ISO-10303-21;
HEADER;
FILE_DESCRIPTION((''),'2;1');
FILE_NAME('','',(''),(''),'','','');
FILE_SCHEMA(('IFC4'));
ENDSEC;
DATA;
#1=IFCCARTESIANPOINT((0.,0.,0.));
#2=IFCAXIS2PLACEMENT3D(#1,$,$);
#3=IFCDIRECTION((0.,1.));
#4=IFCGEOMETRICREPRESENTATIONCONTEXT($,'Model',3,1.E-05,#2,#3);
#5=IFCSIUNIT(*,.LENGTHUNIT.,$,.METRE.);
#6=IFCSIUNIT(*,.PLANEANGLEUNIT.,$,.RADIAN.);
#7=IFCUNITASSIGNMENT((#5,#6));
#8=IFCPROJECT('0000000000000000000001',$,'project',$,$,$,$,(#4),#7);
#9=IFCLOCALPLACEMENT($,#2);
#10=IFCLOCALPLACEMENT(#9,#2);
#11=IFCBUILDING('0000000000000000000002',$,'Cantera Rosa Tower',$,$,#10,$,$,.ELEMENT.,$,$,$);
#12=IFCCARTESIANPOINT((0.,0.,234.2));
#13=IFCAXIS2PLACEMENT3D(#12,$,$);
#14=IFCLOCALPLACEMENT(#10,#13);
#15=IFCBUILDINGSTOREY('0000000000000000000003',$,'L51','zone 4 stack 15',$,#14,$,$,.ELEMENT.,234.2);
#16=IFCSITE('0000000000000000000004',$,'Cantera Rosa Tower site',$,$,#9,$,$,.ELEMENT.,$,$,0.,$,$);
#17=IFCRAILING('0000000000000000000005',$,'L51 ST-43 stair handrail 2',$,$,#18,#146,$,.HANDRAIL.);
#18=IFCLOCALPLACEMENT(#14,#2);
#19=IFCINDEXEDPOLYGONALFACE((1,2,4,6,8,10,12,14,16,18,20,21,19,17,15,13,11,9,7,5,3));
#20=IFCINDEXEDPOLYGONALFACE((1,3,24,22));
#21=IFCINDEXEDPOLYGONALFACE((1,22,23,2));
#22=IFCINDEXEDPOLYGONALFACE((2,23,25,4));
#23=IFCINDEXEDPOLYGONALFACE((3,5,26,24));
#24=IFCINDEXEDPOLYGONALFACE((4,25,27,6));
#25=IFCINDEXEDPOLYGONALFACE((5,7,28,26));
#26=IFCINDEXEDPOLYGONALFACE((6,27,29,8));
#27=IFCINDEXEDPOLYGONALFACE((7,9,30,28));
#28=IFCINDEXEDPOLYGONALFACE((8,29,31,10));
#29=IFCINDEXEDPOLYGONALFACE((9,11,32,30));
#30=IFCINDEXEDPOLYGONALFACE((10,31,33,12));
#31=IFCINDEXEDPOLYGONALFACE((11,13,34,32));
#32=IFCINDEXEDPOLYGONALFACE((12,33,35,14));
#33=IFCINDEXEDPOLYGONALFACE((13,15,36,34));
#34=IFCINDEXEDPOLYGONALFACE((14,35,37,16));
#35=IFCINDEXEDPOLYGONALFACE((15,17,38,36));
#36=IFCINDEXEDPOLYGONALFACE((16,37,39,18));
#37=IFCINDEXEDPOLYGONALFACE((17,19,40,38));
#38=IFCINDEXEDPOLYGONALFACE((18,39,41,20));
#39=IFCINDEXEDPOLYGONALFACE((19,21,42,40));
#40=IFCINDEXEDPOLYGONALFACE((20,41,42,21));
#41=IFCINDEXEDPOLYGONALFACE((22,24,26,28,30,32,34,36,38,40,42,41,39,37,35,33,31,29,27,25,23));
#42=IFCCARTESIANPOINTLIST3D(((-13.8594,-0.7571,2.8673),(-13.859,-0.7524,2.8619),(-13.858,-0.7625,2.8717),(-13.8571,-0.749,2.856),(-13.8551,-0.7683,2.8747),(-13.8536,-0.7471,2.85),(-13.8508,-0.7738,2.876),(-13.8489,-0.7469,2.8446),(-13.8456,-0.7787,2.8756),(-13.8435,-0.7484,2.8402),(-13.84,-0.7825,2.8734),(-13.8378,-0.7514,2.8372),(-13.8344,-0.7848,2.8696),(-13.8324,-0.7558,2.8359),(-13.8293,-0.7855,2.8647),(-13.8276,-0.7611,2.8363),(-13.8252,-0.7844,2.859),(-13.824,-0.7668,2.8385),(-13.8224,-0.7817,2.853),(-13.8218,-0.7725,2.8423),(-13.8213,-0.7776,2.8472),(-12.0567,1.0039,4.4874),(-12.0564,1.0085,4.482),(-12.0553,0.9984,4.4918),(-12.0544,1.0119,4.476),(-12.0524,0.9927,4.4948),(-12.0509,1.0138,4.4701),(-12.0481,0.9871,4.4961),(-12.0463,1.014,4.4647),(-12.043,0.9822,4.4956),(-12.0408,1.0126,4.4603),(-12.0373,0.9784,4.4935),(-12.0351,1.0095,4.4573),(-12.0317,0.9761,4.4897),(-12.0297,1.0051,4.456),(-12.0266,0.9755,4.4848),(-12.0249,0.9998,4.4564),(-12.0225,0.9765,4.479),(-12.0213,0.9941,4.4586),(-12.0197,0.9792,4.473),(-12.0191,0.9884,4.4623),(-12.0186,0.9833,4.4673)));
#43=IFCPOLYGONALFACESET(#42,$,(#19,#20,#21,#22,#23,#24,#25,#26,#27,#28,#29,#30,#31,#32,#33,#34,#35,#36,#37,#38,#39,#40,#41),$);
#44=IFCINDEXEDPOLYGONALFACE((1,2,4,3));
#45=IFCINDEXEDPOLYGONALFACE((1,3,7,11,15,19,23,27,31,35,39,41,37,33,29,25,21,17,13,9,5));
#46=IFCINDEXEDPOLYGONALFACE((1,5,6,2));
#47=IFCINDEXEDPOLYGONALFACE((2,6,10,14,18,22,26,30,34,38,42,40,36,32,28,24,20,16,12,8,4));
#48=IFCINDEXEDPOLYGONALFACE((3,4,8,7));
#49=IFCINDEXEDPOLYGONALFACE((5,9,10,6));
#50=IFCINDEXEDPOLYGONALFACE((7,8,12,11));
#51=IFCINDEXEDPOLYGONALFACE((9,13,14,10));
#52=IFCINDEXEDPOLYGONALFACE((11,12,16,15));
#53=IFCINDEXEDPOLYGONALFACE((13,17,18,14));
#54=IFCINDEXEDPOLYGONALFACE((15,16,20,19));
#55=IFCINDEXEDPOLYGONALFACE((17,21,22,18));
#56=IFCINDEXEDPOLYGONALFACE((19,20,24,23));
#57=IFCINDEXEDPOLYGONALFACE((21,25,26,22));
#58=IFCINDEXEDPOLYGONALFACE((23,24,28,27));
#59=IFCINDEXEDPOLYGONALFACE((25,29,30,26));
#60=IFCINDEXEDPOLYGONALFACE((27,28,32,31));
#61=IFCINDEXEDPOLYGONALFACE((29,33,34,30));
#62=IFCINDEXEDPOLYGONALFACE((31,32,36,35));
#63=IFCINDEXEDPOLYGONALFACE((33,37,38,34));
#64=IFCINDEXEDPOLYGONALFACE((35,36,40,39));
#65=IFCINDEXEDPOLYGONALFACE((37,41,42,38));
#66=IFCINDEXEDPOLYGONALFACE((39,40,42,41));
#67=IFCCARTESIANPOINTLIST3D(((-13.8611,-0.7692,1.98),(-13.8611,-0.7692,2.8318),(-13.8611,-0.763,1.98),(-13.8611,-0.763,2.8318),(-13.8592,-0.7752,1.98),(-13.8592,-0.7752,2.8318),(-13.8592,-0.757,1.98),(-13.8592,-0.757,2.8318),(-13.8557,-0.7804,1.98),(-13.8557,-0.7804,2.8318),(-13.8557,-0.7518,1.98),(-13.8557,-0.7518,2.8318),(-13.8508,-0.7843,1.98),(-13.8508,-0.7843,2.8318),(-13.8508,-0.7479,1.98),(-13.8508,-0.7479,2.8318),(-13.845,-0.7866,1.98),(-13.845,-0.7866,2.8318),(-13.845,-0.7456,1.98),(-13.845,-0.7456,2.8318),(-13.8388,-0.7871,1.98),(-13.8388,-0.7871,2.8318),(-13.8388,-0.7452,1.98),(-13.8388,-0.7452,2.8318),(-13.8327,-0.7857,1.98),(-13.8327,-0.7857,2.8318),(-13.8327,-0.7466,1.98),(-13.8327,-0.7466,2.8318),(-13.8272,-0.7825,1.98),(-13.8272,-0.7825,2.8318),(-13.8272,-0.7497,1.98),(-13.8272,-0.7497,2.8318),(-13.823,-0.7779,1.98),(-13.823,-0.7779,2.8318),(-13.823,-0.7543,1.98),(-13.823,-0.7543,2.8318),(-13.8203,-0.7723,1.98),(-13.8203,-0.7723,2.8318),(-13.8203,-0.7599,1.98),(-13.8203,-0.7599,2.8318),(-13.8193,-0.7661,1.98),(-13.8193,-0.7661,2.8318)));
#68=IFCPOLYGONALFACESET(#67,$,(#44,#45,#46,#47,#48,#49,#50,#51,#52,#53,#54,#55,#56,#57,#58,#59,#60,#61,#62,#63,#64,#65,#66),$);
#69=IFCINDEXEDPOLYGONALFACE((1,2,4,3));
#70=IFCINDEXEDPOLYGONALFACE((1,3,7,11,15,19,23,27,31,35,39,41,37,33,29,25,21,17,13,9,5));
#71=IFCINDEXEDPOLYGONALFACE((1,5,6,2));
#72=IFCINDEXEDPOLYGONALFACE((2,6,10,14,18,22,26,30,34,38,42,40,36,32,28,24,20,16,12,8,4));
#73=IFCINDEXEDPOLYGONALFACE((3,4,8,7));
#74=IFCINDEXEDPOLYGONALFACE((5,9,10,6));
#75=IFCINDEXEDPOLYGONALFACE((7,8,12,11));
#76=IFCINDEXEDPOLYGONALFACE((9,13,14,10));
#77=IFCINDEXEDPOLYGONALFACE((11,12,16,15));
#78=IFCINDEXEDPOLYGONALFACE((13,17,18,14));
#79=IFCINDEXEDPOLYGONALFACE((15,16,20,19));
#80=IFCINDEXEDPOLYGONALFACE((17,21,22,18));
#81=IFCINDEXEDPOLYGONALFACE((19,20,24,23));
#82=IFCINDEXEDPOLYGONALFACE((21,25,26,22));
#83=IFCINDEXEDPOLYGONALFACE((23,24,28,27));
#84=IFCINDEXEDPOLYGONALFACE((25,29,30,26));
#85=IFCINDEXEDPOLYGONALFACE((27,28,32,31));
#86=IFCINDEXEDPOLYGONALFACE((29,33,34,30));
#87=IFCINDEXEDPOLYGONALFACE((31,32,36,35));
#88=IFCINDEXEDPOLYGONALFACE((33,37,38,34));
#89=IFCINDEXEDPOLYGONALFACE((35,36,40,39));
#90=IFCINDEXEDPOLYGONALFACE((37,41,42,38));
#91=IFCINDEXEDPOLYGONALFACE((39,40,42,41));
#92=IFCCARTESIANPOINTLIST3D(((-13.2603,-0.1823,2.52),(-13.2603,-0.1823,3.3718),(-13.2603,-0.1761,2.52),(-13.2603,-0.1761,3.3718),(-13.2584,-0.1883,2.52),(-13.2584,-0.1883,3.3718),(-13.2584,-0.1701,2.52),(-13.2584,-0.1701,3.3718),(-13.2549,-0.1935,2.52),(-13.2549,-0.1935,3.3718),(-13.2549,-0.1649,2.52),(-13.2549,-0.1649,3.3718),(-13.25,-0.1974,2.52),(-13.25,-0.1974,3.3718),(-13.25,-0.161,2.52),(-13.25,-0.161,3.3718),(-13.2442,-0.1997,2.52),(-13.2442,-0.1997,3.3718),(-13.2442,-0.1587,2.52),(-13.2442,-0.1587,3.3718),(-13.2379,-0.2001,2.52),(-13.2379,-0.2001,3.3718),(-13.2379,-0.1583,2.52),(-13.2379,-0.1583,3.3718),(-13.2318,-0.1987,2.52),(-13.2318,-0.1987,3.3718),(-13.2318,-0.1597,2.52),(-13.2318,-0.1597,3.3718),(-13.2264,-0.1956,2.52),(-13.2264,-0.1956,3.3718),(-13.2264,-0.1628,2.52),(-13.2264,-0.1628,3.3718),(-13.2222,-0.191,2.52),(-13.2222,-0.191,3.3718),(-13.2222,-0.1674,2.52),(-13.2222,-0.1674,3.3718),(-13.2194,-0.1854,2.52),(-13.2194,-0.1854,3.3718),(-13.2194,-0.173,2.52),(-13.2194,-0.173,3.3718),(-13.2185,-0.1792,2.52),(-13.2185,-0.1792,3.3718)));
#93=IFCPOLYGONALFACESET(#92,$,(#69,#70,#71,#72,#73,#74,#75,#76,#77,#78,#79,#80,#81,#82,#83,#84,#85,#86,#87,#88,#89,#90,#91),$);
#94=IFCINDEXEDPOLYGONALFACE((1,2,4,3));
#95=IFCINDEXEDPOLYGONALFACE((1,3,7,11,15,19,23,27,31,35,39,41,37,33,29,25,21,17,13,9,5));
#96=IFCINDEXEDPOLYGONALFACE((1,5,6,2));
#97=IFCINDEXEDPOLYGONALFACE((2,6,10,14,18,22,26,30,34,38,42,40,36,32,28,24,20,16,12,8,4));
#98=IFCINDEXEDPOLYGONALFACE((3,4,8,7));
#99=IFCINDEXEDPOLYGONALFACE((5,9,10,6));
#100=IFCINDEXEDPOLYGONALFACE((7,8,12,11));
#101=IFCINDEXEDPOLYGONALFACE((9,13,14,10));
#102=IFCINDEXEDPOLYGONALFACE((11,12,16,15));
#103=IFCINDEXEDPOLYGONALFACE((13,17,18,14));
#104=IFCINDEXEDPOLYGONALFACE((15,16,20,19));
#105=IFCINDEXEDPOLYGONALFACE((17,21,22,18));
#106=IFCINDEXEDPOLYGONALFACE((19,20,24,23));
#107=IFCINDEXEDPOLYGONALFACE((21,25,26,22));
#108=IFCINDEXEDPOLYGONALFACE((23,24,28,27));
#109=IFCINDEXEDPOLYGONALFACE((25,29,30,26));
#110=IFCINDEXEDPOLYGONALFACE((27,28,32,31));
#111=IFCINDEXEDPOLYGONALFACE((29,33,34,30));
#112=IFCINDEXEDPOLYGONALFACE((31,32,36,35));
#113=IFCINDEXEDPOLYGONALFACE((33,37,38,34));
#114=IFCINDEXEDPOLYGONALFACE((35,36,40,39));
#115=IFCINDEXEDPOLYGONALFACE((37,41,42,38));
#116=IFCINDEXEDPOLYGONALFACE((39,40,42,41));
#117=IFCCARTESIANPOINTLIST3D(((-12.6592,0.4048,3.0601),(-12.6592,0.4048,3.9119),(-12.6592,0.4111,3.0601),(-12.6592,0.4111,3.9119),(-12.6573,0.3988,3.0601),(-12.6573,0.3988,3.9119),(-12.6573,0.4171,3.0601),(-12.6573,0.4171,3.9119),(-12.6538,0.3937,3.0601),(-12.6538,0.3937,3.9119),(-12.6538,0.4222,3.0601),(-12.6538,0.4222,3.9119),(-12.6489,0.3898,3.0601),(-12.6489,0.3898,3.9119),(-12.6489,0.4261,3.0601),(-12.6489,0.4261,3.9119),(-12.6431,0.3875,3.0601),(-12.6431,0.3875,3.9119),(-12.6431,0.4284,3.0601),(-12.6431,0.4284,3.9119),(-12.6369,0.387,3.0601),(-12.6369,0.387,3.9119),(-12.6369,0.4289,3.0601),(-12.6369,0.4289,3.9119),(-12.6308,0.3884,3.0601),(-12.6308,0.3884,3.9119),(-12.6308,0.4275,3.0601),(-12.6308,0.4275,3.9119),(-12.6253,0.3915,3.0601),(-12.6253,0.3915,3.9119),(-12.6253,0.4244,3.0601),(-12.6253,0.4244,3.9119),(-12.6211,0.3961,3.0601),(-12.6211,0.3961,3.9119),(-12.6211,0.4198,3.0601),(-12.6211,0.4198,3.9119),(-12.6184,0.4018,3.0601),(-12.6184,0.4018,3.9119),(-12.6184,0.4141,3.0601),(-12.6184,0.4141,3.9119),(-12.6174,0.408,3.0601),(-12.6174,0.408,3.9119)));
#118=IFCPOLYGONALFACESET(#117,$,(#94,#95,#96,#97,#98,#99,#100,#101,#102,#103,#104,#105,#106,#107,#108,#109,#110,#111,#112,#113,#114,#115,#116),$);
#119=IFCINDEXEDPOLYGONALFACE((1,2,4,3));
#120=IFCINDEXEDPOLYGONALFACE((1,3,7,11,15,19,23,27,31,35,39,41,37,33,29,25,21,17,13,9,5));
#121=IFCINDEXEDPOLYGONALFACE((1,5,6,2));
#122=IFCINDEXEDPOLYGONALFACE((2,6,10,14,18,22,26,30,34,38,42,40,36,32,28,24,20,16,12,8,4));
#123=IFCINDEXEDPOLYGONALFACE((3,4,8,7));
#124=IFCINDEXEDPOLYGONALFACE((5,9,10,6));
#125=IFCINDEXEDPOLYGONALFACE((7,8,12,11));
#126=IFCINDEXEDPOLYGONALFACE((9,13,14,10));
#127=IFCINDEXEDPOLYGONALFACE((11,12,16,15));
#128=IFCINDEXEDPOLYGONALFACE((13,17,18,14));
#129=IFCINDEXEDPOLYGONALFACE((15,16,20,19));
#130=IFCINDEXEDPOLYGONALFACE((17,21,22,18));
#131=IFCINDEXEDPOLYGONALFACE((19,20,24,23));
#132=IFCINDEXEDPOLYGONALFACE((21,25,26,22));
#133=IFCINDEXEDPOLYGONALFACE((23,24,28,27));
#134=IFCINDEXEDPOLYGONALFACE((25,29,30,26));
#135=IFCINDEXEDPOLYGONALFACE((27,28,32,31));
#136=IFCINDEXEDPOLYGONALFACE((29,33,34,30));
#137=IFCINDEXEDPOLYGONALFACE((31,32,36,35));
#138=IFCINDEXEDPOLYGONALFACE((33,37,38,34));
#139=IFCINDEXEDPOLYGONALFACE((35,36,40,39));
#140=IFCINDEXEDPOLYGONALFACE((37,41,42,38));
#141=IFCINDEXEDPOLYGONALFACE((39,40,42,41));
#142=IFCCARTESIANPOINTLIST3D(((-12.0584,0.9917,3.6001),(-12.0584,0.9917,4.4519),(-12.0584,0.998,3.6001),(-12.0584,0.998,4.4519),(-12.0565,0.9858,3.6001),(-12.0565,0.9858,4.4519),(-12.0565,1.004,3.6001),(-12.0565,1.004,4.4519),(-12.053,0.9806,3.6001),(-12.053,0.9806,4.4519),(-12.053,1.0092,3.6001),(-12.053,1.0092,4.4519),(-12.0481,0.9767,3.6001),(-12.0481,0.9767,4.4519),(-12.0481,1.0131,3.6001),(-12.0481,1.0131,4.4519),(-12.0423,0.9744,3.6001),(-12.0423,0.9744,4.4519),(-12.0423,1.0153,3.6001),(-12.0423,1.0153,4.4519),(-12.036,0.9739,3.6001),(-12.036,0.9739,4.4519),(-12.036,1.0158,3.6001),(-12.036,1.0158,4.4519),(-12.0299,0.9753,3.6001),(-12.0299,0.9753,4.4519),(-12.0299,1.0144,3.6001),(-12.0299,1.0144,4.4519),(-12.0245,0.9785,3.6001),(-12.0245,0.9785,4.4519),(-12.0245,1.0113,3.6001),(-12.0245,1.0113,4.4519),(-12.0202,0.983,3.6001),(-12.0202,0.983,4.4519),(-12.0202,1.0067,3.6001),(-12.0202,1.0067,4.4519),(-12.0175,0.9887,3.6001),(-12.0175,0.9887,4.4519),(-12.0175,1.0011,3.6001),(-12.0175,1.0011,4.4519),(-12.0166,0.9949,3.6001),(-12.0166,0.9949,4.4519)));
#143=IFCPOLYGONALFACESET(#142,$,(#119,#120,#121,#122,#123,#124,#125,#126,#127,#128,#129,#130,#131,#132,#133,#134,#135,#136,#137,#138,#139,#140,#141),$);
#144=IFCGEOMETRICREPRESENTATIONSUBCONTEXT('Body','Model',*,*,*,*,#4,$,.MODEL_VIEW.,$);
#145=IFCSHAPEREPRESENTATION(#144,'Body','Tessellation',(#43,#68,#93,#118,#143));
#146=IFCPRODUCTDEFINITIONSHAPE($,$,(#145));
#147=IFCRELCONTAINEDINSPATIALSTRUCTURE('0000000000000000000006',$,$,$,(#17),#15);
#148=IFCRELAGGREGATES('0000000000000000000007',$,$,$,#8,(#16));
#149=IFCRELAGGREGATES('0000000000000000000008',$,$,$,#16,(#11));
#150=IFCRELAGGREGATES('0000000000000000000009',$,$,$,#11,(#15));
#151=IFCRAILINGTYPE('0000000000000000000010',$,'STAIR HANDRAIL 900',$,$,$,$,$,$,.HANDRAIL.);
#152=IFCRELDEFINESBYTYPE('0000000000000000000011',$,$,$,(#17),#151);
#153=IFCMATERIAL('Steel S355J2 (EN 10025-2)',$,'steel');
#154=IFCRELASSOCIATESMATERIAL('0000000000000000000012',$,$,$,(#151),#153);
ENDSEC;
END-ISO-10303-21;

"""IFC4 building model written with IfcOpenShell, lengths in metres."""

from ifc_helpers import new_model, si_unit, direction, frame, origin, origin_2d, place, context, subcontext, project, spatial, circle, extrude, material, type_object, element, save


model = new_model("IFC4")

# Units and contexts
model_context = context("Model", 3, precision=1e-05, world=origin(), true_north=direction((0.0, 1.0)))
body_context = subcontext(model_context, "Body", "Model", "MODEL_VIEW")
ifc_project = project(units=[si_unit("LENGTHUNIT", "METRE"), si_unit("PLANEANGLEUNIT", "RADIAN")], contexts=[model_context])

# Site, building, storey
site_placement = place(None, origin())
site = spatial("IfcSite", under=ifc_project, at=site_placement, Name="Cantera Rosa Tower site", CompositionType="ELEMENT", RefElevation=0.0)
building_placement = place(site_placement, origin())
building = spatial("IfcBuilding", under=site, at=building_placement, Name="Cantera Rosa Tower", CompositionType="ELEMENT")
storey_placement = place(building_placement, frame((0.0, 0.0, 234.2)))
storey = spatial("IfcBuildingStorey", under=building, at=storey_placement, Name="L51", Description="zone 4 stack 15", CompositionType="ELEMENT", Elevation=234.2)

# Railing
ifc_material_1 = material(Name="Steel S355J2 (EN 10025-2)", Category="steel")
railing_type_1 = type_object("IfcRailingType", Name="STAIR HANDRAIL 900", PredefinedType="HANDRAIL", material=ifc_material_1)
railing_1_placement = place(storey_placement, frame((-13.8403, -0.7661, 1.98)))
element("IfcRailing", 1, at=railing_1_placement, inside=storey, type_object=railing_type_1, Name="L51 ST-43 stair handrail 2", PredefinedType="HANDRAIL", context=body_context, shape_type="SweptSolid", body=[
    extrude(circle(Radius=0.0239, at=origin_2d()), frame((0.0, 0.0, 0.876), z_axis=(0.601724, 0.587789, 0.540769), x_axis=(-0.698775, 0.715341, 0.0)), (0.0, 0.0, 1.0), 2.9958),
    extrude(circle(Radius=0.021, at=origin_2d()), origin(), (0.0, 0.0, 1.0), 0.8518),
    extrude(circle(Radius=0.021, at=origin_2d()), frame((0.6008, 0.5869, 0.54)), (0.0, 0.0, 1.0), 0.8518),
    extrude(circle(Radius=0.021, at=origin_2d()), frame((1.2019, 1.1741, 1.0801)), (0.0, 0.0, 1.0), 0.8518),
    extrude(circle(Radius=0.021, at=origin_2d()), frame((1.8027, 1.761, 1.6201)), (0.0, 0.0, 1.0), 0.8518),
])

save(model, "model.ifc")
